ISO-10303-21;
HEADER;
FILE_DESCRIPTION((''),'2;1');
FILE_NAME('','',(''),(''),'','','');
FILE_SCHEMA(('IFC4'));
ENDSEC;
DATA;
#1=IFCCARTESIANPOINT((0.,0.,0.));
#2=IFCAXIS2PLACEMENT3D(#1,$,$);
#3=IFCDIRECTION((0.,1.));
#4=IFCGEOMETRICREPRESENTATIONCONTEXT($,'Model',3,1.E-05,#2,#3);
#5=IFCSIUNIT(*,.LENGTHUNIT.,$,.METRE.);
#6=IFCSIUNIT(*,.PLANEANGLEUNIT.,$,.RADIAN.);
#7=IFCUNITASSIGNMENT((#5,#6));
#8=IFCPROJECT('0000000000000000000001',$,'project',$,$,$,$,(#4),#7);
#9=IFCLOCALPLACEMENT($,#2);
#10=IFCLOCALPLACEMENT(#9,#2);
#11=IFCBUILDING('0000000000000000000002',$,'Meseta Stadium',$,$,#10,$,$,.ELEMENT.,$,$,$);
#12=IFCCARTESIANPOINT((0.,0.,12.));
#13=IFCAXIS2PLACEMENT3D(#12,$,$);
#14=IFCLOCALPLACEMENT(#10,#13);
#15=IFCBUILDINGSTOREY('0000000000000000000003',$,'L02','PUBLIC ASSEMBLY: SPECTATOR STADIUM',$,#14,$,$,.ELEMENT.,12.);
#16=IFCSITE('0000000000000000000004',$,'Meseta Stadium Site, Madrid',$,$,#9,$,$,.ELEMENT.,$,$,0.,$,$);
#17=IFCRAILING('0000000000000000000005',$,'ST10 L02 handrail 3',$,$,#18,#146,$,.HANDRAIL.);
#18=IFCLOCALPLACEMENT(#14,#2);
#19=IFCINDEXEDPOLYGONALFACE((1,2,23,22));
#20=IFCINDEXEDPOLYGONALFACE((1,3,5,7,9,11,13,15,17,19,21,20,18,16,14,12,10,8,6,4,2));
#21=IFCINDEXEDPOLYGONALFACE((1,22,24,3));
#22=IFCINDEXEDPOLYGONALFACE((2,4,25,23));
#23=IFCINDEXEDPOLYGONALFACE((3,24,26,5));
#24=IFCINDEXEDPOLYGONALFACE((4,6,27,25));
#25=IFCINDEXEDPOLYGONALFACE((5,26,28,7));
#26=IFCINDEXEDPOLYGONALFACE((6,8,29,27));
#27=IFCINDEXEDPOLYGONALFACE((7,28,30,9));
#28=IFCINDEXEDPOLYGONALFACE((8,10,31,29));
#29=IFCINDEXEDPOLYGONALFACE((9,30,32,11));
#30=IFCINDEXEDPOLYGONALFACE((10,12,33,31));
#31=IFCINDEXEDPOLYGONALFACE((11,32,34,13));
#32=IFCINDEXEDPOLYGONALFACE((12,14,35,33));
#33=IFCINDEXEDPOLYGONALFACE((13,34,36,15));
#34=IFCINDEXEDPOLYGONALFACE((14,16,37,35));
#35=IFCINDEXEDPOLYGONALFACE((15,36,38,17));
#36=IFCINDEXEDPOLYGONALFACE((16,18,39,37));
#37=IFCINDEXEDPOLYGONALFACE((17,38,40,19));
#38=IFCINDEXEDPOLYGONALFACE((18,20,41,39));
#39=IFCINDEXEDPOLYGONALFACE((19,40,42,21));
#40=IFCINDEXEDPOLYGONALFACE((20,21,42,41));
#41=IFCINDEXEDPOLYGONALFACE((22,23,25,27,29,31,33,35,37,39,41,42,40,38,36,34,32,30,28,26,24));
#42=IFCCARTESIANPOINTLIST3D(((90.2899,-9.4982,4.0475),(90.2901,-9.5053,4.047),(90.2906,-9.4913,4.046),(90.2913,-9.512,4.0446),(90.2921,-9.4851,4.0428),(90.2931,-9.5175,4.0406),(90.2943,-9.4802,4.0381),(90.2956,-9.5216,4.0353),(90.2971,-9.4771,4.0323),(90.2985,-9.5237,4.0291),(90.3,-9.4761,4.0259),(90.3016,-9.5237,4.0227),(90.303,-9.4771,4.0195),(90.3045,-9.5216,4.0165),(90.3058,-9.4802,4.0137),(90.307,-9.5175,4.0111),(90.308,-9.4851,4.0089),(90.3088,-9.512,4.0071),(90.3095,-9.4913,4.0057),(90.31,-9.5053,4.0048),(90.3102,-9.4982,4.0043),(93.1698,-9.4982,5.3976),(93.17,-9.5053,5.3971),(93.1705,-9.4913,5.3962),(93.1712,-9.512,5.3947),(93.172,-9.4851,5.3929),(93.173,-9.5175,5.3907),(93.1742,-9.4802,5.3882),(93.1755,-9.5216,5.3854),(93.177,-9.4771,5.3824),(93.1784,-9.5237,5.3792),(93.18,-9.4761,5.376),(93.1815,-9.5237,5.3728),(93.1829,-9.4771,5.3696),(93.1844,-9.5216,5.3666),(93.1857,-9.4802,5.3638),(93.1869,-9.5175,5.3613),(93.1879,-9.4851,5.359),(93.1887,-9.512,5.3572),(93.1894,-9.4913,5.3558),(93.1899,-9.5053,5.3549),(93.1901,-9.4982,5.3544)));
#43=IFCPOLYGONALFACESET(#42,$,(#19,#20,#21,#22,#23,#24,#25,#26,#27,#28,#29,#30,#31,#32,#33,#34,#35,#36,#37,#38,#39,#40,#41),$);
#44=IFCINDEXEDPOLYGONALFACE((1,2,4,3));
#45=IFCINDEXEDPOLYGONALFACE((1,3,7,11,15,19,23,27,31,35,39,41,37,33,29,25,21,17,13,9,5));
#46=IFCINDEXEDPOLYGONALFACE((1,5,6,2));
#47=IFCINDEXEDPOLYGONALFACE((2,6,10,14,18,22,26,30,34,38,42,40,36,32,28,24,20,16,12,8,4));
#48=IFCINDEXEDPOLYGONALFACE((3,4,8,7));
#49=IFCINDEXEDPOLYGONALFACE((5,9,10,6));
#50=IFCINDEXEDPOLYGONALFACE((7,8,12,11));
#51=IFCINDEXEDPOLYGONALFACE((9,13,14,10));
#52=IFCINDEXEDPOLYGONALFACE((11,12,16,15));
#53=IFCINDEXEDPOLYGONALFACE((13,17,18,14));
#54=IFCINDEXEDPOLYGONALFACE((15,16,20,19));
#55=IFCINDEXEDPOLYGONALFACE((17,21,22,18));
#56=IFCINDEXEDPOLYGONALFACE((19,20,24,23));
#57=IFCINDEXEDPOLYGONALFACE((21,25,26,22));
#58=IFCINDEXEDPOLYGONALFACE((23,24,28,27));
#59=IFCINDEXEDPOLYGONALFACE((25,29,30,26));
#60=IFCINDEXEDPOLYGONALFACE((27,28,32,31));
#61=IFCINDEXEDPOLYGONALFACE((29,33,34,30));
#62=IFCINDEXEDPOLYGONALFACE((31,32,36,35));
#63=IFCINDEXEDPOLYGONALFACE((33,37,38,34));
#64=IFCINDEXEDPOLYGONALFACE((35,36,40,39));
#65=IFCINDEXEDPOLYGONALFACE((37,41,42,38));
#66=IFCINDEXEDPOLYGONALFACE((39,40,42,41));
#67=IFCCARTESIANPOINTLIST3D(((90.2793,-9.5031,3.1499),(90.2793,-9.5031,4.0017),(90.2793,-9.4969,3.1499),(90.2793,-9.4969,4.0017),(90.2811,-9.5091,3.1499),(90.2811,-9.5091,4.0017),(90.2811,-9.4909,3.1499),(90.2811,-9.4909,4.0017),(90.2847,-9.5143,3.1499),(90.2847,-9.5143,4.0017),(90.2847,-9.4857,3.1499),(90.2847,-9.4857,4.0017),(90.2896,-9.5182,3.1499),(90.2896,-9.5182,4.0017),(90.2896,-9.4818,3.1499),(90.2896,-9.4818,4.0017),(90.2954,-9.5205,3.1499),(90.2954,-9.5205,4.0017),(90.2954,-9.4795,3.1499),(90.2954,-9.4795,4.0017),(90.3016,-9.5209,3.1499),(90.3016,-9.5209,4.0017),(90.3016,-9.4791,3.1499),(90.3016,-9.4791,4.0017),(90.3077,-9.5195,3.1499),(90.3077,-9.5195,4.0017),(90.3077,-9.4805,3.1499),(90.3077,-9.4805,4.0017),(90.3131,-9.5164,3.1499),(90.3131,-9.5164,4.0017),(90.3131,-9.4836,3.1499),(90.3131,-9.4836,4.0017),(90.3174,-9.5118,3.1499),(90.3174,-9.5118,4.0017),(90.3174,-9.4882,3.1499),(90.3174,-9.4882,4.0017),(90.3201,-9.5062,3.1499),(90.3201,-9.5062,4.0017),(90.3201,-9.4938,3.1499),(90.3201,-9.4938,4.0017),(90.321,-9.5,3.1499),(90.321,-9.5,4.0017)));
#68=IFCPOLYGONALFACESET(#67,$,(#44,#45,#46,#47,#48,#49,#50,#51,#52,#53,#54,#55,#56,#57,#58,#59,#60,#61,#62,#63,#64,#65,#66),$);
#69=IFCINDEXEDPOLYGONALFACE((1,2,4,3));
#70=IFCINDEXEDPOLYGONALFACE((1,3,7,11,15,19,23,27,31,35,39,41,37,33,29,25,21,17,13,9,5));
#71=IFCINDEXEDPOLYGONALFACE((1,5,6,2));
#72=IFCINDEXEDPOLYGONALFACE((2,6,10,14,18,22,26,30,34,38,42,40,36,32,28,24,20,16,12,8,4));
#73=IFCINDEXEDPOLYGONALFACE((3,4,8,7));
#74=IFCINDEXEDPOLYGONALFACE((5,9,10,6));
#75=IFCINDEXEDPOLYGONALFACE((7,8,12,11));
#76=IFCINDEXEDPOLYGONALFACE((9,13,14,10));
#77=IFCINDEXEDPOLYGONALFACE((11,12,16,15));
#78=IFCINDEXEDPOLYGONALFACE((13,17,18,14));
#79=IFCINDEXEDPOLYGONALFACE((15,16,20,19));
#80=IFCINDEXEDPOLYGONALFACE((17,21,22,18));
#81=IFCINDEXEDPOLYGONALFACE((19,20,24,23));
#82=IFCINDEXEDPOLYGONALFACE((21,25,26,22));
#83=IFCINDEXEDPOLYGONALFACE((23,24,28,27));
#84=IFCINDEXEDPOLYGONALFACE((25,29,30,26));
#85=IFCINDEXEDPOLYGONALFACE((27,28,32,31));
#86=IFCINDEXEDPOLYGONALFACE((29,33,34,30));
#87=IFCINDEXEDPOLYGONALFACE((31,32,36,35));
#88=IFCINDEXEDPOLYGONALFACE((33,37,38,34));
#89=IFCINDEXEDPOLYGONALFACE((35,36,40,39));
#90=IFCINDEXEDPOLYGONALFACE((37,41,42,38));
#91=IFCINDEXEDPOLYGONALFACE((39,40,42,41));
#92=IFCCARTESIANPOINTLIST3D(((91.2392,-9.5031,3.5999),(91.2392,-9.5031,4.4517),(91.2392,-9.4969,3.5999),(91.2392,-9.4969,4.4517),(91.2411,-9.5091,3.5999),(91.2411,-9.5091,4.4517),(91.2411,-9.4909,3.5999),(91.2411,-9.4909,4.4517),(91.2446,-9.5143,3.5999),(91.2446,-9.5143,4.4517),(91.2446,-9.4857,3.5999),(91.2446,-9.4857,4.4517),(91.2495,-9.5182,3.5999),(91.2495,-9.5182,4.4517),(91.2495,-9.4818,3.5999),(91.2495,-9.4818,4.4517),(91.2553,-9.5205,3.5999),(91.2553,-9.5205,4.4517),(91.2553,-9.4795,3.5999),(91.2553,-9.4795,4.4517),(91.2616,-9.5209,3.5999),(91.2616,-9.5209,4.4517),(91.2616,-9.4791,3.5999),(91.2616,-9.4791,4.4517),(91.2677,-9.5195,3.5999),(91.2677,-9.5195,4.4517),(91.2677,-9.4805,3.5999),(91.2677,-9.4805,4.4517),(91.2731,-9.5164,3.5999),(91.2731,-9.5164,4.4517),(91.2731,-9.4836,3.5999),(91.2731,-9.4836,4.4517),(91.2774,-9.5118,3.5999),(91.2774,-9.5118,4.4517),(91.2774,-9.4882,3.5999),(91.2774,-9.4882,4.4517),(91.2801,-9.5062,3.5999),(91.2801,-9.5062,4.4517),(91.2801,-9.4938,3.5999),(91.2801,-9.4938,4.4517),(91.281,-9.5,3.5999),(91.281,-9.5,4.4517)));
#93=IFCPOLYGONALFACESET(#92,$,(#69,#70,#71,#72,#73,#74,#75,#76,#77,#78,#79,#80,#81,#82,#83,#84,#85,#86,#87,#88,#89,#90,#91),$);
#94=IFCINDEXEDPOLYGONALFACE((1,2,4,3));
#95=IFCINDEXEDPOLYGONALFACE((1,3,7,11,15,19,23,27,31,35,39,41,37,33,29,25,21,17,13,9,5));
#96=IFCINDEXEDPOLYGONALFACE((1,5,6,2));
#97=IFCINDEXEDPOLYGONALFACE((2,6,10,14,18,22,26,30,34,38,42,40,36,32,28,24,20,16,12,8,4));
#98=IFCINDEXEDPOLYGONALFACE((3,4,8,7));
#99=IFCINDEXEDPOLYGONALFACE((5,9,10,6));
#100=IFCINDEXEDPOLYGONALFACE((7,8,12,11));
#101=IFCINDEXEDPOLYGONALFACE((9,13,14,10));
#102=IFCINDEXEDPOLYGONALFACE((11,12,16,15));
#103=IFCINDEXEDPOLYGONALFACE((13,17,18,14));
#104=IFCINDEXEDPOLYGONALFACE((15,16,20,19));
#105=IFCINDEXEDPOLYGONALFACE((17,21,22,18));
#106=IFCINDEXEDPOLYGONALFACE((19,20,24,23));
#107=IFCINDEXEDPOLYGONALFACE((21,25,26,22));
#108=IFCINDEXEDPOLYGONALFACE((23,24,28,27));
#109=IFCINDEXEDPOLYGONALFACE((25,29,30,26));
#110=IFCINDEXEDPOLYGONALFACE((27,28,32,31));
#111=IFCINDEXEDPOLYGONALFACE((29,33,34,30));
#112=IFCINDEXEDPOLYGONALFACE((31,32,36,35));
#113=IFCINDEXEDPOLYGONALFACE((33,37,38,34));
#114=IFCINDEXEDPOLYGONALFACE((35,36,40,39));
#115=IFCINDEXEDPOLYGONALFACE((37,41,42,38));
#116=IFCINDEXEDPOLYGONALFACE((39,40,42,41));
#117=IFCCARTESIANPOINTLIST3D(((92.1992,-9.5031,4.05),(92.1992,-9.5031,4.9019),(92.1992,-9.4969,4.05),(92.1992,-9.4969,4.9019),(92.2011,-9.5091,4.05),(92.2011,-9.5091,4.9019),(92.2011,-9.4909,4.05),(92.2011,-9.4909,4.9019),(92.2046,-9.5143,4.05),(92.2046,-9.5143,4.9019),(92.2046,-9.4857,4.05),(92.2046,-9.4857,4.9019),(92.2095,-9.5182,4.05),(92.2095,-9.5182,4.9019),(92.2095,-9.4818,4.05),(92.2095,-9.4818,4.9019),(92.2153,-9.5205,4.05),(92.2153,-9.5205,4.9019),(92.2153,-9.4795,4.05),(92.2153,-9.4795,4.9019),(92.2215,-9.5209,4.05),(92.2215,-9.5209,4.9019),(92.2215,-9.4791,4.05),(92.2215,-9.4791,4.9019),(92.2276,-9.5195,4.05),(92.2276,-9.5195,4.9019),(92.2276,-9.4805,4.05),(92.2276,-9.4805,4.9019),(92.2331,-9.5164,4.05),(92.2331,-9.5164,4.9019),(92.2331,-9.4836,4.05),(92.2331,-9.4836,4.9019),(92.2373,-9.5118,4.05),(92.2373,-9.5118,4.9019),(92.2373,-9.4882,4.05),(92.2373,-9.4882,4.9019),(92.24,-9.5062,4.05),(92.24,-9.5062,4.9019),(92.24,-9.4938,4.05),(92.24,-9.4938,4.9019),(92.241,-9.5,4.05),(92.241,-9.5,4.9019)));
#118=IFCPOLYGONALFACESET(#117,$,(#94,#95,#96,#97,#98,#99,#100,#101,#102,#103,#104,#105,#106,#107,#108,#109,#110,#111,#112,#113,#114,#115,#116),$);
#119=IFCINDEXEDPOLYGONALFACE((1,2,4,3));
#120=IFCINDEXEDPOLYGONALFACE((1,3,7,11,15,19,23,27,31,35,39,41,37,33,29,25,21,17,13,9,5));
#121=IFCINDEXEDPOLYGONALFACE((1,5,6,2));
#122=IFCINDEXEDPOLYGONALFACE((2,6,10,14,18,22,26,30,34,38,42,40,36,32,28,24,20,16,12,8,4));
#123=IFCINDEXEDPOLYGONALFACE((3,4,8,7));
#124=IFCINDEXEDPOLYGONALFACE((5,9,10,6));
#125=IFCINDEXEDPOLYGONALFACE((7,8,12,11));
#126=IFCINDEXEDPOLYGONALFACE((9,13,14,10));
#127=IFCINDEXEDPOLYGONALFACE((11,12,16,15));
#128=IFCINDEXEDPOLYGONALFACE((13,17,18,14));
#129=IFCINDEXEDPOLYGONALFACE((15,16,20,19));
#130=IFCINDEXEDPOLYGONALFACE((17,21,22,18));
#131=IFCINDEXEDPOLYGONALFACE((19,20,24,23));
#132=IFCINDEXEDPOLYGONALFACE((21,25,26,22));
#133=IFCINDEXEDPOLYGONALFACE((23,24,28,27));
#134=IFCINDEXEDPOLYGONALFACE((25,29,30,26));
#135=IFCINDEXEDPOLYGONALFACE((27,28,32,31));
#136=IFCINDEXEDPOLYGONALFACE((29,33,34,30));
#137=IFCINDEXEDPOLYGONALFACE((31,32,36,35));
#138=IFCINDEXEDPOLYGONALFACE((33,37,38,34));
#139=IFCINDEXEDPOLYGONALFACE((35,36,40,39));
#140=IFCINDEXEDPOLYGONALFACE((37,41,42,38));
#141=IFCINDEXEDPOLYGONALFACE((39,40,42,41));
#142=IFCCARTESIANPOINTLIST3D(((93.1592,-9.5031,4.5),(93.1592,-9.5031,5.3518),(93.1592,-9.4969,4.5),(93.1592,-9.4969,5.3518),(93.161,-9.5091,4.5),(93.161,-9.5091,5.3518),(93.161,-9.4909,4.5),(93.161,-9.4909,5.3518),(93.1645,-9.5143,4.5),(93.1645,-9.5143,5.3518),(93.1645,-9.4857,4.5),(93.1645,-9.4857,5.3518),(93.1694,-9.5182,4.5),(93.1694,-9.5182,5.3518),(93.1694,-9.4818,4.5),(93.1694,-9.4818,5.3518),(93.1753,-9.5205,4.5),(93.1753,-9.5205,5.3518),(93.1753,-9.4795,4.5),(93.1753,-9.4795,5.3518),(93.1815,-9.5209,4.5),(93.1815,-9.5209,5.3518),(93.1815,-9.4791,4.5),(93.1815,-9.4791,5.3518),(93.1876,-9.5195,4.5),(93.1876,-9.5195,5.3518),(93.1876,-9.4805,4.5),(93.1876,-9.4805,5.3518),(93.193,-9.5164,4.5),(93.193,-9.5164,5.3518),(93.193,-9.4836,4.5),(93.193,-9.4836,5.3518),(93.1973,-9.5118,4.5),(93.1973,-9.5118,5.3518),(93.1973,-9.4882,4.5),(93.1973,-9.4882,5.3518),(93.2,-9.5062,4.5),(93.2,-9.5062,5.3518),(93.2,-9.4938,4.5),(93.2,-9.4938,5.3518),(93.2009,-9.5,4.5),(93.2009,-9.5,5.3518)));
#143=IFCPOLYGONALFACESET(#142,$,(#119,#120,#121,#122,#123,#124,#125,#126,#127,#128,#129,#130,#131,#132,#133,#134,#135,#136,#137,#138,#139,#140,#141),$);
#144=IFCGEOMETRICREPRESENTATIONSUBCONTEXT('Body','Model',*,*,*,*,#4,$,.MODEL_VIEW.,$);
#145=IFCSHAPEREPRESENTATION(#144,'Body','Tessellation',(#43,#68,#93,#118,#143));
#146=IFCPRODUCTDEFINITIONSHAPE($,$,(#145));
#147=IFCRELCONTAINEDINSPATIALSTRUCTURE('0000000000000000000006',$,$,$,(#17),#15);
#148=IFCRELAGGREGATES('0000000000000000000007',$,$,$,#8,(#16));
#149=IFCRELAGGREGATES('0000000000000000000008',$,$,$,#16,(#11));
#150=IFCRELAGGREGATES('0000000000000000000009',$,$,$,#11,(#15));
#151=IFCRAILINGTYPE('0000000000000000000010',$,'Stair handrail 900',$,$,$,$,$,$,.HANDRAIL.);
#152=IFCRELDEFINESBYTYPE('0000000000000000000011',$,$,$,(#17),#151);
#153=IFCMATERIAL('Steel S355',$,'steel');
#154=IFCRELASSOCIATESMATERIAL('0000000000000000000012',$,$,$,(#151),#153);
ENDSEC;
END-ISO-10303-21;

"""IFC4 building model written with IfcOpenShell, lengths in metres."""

from ifc_helpers import new_model, si_unit, direction, frame, origin, origin_2d, place, context, subcontext, project, spatial, circle, extrude, material, type_object, element, save


model = new_model("IFC4")

# Units and contexts
model_context = context("Model", 3, precision=1e-05, world=origin(), true_north=direction((0.0, 1.0)))
body_context = subcontext(model_context, "Body", "Model", "MODEL_VIEW")
ifc_project = project(units=[si_unit("LENGTHUNIT", "METRE"), si_unit("PLANEANGLEUNIT", "RADIAN")], contexts=[model_context])

# Site, building, storey
site_placement = place(None, origin())
site = spatial("IfcSite", under=ifc_project, at=site_placement, Name="Meseta Stadium Site, Madrid", CompositionType="ELEMENT", RefElevation=0.0)
building_placement = place(site_placement, origin())
building = spatial("IfcBuilding", under=site, at=building_placement, Name="Meseta Stadium", CompositionType="ELEMENT")
storey_placement = place(building_placement, frame((0.0, 0.0, 12.0)))
storey = spatial("IfcBuildingStorey", under=building, at=storey_placement, Name="L02", Description="PUBLIC ASSEMBLY: SPECTATOR STADIUM", CompositionType="ELEMENT", Elevation=12.0)

# Railing
ifc_material_1 = material(Name="Steel S355", Category="steel")
railing_type_1 = type_object("IfcRailingType", Name="Stair handrail 900", PredefinedType="HANDRAIL", material=ifc_material_1)
railing_1_placement = place(storey_placement, frame((90.3, -9.5, 3.1499)))
element("IfcRailing", 1, at=railing_1_placement, inside=storey, type_object=railing_type_1, Name="ST10 L02 handrail 3", PredefinedType="HANDRAIL", context=body_context, shape_type="SweptSolid", body=[
    extrude(circle(Radius=0.0239, at=origin_2d()), frame((0.0, 0.0, 0.876), z_axis=(0.90544, 0.0, 0.424473), x_axis=(0.0, 1.0, 0.0)), (0.0, 0.0, 1.0), 3.1807),
    extrude(circle(Radius=0.021, at=origin_2d()), origin(), (0.0, 0.0, 1.0), 0.8518),
    extrude(circle(Radius=0.021, at=origin_2d()), frame((0.96, 0.0, 0.45)), (0.0, 0.0, 1.0), 0.8518),
    extrude(circle(Radius=0.021, at=origin_2d()), frame((1.9199, 0.0, 0.9001)), (0.0, 0.0, 1.0), 0.8518),
    extrude(circle(Radius=0.021, at=origin_2d()), frame((2.8799, 0.0, 1.3501)), (0.0, 0.0, 1.0), 0.8518),
])

save(model, "model.ifc")
